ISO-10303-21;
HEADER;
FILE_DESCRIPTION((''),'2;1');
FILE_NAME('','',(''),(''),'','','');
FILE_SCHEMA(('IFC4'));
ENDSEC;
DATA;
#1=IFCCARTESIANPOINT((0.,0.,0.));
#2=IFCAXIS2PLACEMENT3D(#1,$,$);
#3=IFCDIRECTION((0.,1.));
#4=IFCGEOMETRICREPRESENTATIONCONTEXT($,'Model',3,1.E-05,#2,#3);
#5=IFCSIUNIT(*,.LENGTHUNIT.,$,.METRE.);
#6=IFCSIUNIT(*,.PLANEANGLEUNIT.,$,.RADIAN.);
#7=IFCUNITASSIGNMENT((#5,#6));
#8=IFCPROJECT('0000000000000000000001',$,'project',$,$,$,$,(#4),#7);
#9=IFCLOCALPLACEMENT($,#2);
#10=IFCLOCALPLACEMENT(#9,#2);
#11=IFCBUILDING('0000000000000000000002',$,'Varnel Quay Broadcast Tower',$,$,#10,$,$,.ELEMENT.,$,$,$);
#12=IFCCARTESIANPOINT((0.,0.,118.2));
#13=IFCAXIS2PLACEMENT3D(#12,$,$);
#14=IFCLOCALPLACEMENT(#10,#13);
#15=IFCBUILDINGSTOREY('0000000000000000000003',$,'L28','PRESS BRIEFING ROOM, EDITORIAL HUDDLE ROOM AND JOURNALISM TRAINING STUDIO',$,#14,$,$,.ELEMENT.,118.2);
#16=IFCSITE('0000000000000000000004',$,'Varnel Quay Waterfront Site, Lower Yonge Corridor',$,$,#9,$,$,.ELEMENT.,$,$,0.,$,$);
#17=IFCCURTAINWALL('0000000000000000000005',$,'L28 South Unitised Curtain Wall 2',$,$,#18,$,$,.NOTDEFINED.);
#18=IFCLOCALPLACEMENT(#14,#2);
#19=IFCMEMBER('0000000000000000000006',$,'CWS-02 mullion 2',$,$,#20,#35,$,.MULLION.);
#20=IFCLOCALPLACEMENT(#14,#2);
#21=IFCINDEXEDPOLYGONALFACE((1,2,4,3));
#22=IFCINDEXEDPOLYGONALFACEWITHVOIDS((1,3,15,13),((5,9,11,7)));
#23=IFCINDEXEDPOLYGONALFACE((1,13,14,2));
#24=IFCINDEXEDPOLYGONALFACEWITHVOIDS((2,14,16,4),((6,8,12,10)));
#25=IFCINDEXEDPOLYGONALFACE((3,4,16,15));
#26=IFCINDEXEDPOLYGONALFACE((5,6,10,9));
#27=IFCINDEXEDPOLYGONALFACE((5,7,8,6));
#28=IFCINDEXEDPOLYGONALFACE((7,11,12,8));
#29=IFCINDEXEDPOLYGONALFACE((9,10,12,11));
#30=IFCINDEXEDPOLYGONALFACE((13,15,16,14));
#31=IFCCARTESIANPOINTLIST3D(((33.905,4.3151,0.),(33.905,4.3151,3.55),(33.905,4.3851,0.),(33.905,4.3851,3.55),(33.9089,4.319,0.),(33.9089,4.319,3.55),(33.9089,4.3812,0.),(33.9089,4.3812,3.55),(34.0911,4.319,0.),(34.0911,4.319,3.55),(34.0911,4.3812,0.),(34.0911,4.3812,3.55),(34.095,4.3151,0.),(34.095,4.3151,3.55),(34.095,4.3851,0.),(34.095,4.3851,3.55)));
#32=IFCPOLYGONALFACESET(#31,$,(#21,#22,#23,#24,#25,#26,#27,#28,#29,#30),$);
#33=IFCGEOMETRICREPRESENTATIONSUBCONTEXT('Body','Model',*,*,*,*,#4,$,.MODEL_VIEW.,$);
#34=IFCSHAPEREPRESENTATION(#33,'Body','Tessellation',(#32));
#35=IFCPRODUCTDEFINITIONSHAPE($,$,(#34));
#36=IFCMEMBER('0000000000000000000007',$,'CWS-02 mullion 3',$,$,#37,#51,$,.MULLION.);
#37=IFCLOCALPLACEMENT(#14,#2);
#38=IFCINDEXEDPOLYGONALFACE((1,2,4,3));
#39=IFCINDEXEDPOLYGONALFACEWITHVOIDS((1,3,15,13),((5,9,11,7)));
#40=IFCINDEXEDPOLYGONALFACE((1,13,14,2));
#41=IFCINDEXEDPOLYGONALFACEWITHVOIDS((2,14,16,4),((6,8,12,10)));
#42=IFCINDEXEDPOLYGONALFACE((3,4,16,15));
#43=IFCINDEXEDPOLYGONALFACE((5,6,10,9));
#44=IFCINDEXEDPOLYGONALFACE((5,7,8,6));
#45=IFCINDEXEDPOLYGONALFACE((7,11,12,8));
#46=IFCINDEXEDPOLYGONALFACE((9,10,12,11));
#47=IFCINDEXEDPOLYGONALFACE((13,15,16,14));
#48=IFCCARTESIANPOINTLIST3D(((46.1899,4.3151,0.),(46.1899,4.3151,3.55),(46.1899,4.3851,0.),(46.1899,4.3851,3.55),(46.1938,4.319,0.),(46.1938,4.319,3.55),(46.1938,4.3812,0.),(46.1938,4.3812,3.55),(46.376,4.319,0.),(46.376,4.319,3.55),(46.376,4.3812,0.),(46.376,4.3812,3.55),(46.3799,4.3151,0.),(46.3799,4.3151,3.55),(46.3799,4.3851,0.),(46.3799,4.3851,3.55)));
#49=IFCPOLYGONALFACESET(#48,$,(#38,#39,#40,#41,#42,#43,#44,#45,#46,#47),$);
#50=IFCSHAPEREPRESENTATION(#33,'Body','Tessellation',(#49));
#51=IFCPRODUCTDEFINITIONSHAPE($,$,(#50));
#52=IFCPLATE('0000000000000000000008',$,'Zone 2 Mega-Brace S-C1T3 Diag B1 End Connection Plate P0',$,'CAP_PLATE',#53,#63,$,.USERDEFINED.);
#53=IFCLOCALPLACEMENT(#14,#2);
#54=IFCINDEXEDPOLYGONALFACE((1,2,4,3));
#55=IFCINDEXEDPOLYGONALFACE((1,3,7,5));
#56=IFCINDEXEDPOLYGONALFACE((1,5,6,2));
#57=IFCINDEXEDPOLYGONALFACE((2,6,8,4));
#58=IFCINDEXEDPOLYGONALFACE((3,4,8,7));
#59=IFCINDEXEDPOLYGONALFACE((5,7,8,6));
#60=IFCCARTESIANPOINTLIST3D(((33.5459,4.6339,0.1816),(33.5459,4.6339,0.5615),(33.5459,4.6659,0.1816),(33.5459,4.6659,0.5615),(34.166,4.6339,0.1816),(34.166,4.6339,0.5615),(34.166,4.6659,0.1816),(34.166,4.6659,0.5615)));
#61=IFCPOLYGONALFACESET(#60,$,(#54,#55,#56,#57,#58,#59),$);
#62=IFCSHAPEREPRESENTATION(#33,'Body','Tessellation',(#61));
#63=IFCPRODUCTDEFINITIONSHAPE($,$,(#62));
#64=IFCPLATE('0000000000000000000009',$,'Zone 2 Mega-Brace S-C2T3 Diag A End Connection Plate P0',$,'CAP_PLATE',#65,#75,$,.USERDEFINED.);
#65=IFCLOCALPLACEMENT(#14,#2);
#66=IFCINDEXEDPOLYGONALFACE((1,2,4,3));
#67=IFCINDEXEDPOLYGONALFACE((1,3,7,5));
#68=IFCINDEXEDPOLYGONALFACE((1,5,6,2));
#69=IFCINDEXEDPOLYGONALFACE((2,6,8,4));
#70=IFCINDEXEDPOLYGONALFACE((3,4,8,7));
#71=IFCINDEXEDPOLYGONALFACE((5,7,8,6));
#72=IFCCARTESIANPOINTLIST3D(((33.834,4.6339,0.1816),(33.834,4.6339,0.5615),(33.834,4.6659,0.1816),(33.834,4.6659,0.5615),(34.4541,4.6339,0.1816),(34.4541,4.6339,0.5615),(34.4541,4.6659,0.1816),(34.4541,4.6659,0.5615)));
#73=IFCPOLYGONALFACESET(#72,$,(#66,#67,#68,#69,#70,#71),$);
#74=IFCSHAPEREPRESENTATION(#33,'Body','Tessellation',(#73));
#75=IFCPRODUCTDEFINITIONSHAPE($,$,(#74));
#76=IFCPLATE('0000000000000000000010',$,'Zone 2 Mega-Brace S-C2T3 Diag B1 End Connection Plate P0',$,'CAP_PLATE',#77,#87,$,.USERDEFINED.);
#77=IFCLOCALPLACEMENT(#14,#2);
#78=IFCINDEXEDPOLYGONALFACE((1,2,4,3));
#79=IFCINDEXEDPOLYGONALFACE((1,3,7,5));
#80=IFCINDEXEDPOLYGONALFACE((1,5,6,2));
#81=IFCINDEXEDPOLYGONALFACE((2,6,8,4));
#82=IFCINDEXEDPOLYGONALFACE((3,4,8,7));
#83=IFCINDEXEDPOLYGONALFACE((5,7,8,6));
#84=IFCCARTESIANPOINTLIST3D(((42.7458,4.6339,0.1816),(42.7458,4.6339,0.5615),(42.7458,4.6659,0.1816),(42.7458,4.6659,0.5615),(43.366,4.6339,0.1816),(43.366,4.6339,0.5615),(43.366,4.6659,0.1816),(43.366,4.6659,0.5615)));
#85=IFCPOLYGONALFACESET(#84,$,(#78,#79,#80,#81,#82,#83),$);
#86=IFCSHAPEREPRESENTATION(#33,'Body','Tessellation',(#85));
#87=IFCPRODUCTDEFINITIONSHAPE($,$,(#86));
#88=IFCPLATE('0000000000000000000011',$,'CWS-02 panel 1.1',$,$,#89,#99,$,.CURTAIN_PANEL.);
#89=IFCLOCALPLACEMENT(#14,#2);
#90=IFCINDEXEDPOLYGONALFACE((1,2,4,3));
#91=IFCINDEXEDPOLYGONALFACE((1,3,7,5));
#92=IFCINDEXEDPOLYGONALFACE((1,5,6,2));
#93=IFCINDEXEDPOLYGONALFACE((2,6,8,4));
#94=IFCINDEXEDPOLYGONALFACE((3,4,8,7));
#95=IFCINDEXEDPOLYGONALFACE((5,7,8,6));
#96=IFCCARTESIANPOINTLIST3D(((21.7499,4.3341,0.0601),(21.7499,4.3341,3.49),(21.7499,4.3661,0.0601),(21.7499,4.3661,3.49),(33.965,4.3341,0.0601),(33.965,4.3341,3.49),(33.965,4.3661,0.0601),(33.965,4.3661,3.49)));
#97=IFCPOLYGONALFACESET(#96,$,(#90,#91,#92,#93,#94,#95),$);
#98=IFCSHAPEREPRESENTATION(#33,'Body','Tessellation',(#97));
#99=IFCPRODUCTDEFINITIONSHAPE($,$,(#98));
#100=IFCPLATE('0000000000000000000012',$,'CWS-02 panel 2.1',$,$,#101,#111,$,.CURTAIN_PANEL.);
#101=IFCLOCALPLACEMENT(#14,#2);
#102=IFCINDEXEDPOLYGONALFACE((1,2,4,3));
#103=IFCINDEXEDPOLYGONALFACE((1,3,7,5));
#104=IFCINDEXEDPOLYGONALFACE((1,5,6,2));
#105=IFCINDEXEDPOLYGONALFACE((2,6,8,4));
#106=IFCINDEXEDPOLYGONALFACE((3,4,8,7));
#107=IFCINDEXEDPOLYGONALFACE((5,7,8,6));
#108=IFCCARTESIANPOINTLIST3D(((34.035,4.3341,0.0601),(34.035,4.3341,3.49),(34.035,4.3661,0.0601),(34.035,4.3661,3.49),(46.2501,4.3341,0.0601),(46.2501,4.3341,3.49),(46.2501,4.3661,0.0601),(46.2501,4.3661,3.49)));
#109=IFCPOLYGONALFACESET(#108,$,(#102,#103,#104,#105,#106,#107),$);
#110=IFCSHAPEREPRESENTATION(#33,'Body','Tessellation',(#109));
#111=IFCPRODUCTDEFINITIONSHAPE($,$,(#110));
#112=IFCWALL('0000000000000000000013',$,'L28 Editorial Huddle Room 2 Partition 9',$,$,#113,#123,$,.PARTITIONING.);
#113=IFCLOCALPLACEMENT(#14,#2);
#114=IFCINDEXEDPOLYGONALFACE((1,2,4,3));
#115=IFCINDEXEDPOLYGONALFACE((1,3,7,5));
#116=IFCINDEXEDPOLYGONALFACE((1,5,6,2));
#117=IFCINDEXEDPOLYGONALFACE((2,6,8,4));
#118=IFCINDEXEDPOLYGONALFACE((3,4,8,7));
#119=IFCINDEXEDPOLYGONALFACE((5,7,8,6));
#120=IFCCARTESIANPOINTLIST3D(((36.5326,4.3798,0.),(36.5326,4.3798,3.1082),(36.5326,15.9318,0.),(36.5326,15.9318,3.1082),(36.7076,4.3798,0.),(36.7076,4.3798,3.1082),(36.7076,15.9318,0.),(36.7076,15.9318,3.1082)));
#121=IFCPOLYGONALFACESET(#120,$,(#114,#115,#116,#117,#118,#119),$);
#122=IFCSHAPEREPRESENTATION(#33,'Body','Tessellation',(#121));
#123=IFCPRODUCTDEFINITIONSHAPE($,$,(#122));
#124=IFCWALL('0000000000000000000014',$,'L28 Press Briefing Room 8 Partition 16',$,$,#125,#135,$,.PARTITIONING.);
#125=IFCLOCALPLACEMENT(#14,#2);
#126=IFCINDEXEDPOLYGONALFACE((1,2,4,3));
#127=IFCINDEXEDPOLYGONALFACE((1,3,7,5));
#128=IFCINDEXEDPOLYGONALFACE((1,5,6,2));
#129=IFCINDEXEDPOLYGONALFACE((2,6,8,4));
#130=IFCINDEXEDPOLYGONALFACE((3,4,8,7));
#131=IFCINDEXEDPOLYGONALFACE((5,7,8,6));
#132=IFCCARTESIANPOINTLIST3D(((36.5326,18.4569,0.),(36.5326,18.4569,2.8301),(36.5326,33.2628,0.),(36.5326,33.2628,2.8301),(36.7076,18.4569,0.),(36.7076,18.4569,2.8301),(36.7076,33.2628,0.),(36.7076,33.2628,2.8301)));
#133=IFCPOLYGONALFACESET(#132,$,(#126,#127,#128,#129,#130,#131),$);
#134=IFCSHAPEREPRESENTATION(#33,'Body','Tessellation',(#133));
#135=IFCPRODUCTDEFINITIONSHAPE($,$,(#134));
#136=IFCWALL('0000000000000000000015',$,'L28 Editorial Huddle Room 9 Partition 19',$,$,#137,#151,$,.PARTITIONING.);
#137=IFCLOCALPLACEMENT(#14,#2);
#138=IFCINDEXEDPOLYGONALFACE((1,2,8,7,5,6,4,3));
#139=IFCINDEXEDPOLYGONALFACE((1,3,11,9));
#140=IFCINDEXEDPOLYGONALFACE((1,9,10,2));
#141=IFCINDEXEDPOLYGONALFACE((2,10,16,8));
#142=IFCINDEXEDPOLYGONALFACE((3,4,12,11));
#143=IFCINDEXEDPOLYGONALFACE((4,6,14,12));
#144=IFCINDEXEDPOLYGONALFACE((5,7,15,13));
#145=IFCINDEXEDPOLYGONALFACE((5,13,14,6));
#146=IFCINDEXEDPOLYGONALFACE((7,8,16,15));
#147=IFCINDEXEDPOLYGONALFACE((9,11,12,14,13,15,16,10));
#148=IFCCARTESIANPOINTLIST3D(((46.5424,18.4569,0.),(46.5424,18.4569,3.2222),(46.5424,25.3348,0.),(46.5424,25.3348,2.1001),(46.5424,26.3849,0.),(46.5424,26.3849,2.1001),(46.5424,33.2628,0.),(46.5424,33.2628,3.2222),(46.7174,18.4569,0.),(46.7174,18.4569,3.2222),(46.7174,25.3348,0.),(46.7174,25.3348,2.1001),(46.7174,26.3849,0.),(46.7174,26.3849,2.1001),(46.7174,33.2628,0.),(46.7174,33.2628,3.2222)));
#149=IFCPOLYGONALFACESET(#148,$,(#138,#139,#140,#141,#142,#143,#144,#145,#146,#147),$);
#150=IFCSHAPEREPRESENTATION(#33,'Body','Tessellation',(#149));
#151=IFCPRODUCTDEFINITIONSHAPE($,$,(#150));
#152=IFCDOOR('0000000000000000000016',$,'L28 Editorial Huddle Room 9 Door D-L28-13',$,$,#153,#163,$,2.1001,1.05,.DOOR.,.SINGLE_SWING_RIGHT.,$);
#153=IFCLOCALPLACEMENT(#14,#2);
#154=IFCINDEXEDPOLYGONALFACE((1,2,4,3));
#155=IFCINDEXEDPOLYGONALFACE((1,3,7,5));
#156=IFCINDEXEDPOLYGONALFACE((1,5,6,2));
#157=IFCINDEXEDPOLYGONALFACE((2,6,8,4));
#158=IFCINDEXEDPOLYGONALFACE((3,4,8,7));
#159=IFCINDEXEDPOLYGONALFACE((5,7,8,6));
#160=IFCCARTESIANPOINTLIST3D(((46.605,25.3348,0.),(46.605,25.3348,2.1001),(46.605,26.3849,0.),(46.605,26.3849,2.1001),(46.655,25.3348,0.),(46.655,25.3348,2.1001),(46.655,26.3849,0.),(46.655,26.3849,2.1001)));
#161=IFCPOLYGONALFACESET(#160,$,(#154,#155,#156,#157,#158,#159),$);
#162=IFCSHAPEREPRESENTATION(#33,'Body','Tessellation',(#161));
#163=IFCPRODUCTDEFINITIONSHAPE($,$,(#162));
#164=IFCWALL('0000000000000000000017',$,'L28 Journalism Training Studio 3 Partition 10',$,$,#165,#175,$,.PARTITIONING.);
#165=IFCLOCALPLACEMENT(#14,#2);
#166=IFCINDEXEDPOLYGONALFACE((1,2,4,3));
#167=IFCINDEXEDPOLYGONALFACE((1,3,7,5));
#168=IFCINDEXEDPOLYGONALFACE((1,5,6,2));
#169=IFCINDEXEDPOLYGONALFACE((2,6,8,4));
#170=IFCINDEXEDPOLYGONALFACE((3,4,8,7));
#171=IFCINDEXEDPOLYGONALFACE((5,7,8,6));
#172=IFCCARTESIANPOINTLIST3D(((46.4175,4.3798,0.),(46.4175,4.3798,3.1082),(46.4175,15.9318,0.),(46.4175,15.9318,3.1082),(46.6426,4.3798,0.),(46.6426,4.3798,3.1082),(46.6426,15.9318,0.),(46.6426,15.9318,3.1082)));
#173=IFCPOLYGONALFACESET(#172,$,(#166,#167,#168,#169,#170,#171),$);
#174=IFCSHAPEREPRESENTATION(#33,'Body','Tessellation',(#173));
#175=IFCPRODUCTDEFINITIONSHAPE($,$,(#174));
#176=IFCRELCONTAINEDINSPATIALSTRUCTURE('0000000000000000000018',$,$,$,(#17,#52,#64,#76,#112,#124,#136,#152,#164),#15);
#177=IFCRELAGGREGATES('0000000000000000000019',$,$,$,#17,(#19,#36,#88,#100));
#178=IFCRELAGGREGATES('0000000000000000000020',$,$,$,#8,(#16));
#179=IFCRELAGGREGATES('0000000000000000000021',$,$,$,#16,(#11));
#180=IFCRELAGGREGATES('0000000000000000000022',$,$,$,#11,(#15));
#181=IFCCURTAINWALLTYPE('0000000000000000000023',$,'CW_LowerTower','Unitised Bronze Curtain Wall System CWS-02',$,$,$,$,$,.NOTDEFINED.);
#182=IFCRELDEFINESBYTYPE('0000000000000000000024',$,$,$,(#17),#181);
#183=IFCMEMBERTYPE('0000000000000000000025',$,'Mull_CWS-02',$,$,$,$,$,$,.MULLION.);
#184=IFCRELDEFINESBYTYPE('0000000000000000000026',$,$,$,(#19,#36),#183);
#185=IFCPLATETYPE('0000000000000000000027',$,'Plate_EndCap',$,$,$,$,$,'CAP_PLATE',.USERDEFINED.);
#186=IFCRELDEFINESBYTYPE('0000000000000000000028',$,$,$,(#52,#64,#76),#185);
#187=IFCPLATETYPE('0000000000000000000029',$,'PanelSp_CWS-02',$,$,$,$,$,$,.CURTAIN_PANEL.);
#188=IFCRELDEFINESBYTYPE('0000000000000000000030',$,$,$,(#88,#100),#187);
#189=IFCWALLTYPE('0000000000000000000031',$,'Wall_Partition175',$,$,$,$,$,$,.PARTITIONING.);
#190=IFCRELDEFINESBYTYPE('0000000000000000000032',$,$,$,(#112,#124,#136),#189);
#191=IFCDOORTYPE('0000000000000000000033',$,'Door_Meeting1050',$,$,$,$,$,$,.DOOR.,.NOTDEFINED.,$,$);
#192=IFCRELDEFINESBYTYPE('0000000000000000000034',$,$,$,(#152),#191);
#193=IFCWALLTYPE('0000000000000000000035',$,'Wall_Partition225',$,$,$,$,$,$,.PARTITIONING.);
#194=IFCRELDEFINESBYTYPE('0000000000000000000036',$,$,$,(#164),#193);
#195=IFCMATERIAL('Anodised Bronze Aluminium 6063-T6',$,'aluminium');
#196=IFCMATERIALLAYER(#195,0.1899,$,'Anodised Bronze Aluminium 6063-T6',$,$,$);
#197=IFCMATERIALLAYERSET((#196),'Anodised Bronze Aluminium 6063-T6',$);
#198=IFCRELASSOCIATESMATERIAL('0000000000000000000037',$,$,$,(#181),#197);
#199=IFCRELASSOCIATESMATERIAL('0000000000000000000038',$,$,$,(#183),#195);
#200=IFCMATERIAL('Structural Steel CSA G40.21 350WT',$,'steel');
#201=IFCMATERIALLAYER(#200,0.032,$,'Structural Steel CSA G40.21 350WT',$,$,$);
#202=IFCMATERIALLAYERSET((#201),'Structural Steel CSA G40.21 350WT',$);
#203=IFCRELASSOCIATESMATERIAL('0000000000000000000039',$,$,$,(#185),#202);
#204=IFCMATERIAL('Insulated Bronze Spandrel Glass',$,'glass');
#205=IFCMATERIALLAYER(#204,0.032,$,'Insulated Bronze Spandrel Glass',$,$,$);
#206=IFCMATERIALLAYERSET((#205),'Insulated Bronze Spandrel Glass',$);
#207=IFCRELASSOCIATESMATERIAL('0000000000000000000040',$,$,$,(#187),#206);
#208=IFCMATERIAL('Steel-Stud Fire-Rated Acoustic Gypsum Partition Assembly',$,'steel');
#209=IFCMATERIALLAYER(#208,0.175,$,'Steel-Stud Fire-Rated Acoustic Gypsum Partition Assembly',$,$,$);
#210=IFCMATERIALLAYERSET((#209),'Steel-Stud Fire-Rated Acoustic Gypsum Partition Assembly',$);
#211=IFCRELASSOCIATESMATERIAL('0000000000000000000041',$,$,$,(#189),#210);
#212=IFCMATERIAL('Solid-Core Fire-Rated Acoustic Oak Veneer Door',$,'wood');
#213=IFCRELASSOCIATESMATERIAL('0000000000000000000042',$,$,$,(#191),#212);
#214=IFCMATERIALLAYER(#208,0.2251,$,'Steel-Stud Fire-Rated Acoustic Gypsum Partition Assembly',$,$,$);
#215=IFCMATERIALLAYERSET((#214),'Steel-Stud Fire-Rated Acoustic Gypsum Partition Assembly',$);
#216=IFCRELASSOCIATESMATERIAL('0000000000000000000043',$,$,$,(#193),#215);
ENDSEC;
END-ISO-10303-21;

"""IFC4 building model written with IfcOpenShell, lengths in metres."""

from ifc_helpers import new_model, si_unit, direction, frame, frame_2d, origin, origin_2d, place, context, subcontext, project, spatial, rectangle, hollow_rectangle, extrude, source, transform, mapped, material, layer, layer_set, material_profile, profile_set, type_object, type_shapes, element, fill, aggregate, save


model = new_model("IFC4")

# Units and contexts
model_context = context("Model", 3, precision=1e-05, world=origin(), true_north=direction((0.0, 1.0)))
body_context = subcontext(model_context, "Body", "Model", "MODEL_VIEW")
ifc_project = project(units=[si_unit("LENGTHUNIT", "METRE"), si_unit("PLANEANGLEUNIT", "RADIAN")], contexts=[model_context])

# Site, building, storey
site_placement = place(None, origin())
site = spatial("IfcSite", under=ifc_project, at=site_placement, Name="Varnel Quay Waterfront Site, Lower Yonge Corridor", CompositionType="ELEMENT", RefElevation=0.0)
building_placement = place(site_placement, origin())
building = spatial("IfcBuilding", under=site, at=building_placement, Name="Varnel Quay Broadcast Tower", CompositionType="ELEMENT")
storey_placement = place(building_placement, frame((0.0, 0.0, 118.2)))
storey = spatial("IfcBuildingStorey", under=building, at=storey_placement, Name="L28", Description="PRESS BRIEFING ROOM, EDITORIAL HUDDLE ROOM AND JOURNALISM TRAINING STUDIO", CompositionType="ELEMENT", Elevation=118.2)

# Shared definitions
ifc_material_1 = material(Name="Structural Steel CSA G40.21 350WT", Category="steel")

# Curtain wall, members
ifc_material_2 = material(Name="Anodised Bronze Aluminium 6063-T6", Category="aluminium")
ifc_layer_1 = layer(ifc_material_2, 0.1899, Name="Anodised Bronze Aluminium 6063-T6")
ifc_layer_set_1 = layer_set([ifc_layer_1], Name="Anodised Bronze Aluminium 6063-T6")
curtain_wall_type = type_object("IfcCurtainWallType", Name="CW_LowerTower", Description="Unitised Bronze Curtain Wall System CWS-02", PredefinedType="NOTDEFINED", material=ifc_layer_set_1)
curtain_wall_placement = place(storey_placement, origin())
curtain_wall = element("IfcCurtainWall", 1, at=curtain_wall_placement, inside=storey, type_object=curtain_wall_type, Name="L28 South Unitised Curtain Wall 2", PredefinedType="NOTDEFINED")
ifc_material_profile_1 = material_profile(ifc_material_2, hollow_rectangle(XDim=0.0701, YDim=0.1899, WallThickness=0.0039, at=origin_2d()), Name="ALU70X190X4")
ifc_profile_set_1 = profile_set([ifc_material_profile_1], Name="Anodised Bronze Aluminium 6063-T6")
member_type_1 = type_object("IfcMemberType", Name="Mull_CWS-02", PredefinedType="MULLION", material=ifc_profile_set_1)
shared_shape_1 = source(origin(), body_context, "Body", "SweptSolid", [
    extrude(hollow_rectangle(XDim=0.0701, YDim=0.1899, WallThickness=0.0039, at=origin_2d()), origin(), (0.0, 0.0, 1.0), 3.55),
])
type_shapes(member_type_1, [shared_shape_1])
member_1_placement = place(storey_placement, frame((34.0, 4.3501, 0.0), z_axis=(0.0, 0.0, 1.0), x_axis=(0.0, 1.0, 0.0)))
member_1 = element("IfcMember", 2, at=member_1_placement, type_object=member_type_1, Name="CWS-02 mullion 2", PredefinedType="MULLION", context=body_context, shape_type="MappedRepresentation", body=[
    mapped(shared_shape_1, transform((0.0, 0.0, 0.0), x_axis=(1.0, 0.0, 0.0), y_axis=(0.0, 1.0, 0.0), z_axis=(0.0, 0.0, 1.0), scale=1.0)),
])
member_2_placement = place(storey_placement, frame((46.2849, 4.3501, 0.0), z_axis=(0.0, 0.0, 1.0), x_axis=(0.0, 1.0, 0.0)))
member_2 = element("IfcMember", 3, at=member_2_placement, type_object=member_type_1, Name="CWS-02 mullion 3", PredefinedType="MULLION", context=body_context, shape_type="MappedRepresentation", body=[
    mapped(shared_shape_1, transform((0.0, 0.0, 0.0), x_axis=(1.0, 0.0, 0.0), y_axis=(0.0, 1.0, 0.0), z_axis=(0.0, 0.0, 1.0), scale=1.0)),
])

# Plates
ifc_layer_2 = layer(ifc_material_1, 0.032, Name="Structural Steel CSA G40.21 350WT")
ifc_layer_set_2 = layer_set([ifc_layer_2], Name="Structural Steel CSA G40.21 350WT")
plate_type_1 = type_object("IfcPlateType", Name="Plate_EndCap", ElementType="CAP_PLATE", PredefinedType="USERDEFINED", material=ifc_layer_set_2)
shared_shape_2 = source(origin(), body_context, "Body", "SweptSolid", [
    extrude(rectangle(XDim=0.6201, YDim=0.032, at=origin_2d()), origin(), (0.0, 0.0, 1.0), 0.3799),
])
type_shapes(plate_type_1, [shared_shape_2])
for number, where, z_axis, x_axis, name in (
    (4, (33.856, 4.6499, 0.1816), (0.0, 0.0, 1.0), (1.0, 0.0, 0.0), "Zone 2 Mega-Brace S-C1T3 Diag B1 End Connection Plate P0"),
    (5, (34.144, 4.6499, 0.1816), (0.0, 0.0, 1.0), (1.0, 0.0, 0.0), "Zone 2 Mega-Brace S-C2T3 Diag A End Connection Plate P0"),
    (6, (43.0559, 4.6499, 0.1816), (0.0, 0.0, 1.0), (1.0, 0.0, 0.0), "Zone 2 Mega-Brace S-C2T3 Diag B1 End Connection Plate P0"),
):
    element("IfcPlate", number, at=place(storey_placement, frame(where, z_axis=z_axis, x_axis=x_axis)), inside=storey, type_object=plate_type_1, Name=name, ObjectType="CAP_PLATE", PredefinedType="USERDEFINED", context=body_context, shape_type="MappedRepresentation", body=[
        mapped(shared_shape_2, transform((0.0, 0.0, 0.0), x_axis=(1.0, 0.0, 0.0), y_axis=(0.0, 1.0, 0.0), z_axis=(0.0, 0.0, 1.0), scale=1.0)),
    ])

# Plates
ifc_material_3 = material(Name="Insulated Bronze Spandrel Glass", Category="glass")
ifc_layer_3 = layer(ifc_material_3, 0.032, Name="Insulated Bronze Spandrel Glass")
ifc_layer_set_3 = layer_set([ifc_layer_3], Name="Insulated Bronze Spandrel Glass")
plate_type_2 = type_object("IfcPlateType", Name="PanelSp_CWS-02", PredefinedType="CURTAIN_PANEL", material=ifc_layer_set_3)
shared_shape_3 = source(origin(), body_context, "Body", "SweptSolid", [
    extrude(rectangle(XDim=12.2151, YDim=0.032, at=origin_2d()), origin(), (0.0, 0.0, 1.0), 3.4299),
])
type_shapes(plate_type_2, [shared_shape_3])
plate_1_placement = place(storey_placement, frame((27.8574, 4.3501, 0.0601), z_axis=(0.0, 0.0, 1.0), x_axis=(1.0, 0.0, 0.0)))
plate_1 = element("IfcPlate", 7, at=plate_1_placement, type_object=plate_type_2, Name="CWS-02 panel 1.1", PredefinedType="CURTAIN_PANEL", context=body_context, shape_type="MappedRepresentation", body=[
    mapped(shared_shape_3, transform((0.0, 0.0, 0.0), x_axis=(1.0, 0.0, 0.0), y_axis=(0.0, 1.0, 0.0), z_axis=(0.0, 0.0, 1.0), scale=1.0)),
])
plate_2_placement = place(storey_placement, frame((40.1426, 4.3501, 0.0601), z_axis=(0.0, 0.0, 1.0), x_axis=(1.0, 0.0, 0.0)))
plate_2 = element("IfcPlate", 8, at=plate_2_placement, type_object=plate_type_2, Name="CWS-02 panel 2.1", PredefinedType="CURTAIN_PANEL", context=body_context, shape_type="MappedRepresentation", body=[
    mapped(shared_shape_3, transform((0.0, 0.0, 0.0), x_axis=(1.0, 0.0, 0.0), y_axis=(0.0, 1.0, 0.0), z_axis=(0.0, 0.0, 1.0), scale=1.0)),
])
aggregate(curtain_wall, [member_1, member_2, plate_1, plate_2])

# Walls
ifc_material_4 = material(Name="Steel-Stud Fire-Rated Acoustic Gypsum Partition Assembly", Category="steel")
ifc_layer_4 = layer(ifc_material_4, 0.175, Name="Steel-Stud Fire-Rated Acoustic Gypsum Partition Assembly")
ifc_layer_set_4 = layer_set([ifc_layer_4], Name="Steel-Stud Fire-Rated Acoustic Gypsum Partition Assembly")
wall_type_1 = type_object("IfcWallType", Name="Wall_Partition175", PredefinedType="PARTITIONING", material=ifc_layer_set_4)
wall_1_placement = place(storey_placement, frame((36.6201, 4.3799, 0.0), z_axis=(0.0, 0.0, 1.0), x_axis=(0.0, 1.0, 0.0)))
element("IfcWall", 9, at=wall_1_placement, inside=storey, type_object=wall_type_1, Name="L28 Editorial Huddle Room 2 Partition 9", PredefinedType="PARTITIONING", context=body_context, shape_type="SweptSolid", body=[
    extrude(rectangle(XDim=11.552, YDim=0.175, at=frame_2d((5.7759, 0.0))), origin(), (0.0, 0.0, 1.0), 3.1082),
])
wall_2_placement = place(storey_placement, frame((36.6201, 18.457, 0.0), z_axis=(0.0, 0.0, 1.0), x_axis=(0.0, 1.0, 0.0)))
element("IfcWall", 10, at=wall_2_placement, inside=storey, type_object=wall_type_1, Name="L28 Press Briefing Room 8 Partition 16", PredefinedType="PARTITIONING", context=body_context, shape_type="SweptSolid", body=[
    extrude(rectangle(XDim=14.8059, YDim=0.175, at=frame_2d((7.4028, 0.0))), origin(), (0.0, 0.0, 1.0), 2.8301),
])

# Wall, opening, door
wall_3_placement = place(storey_placement, frame((46.6299, 18.457, 0.0), z_axis=(0.0, 0.0, 1.0), x_axis=(0.0, 1.0, 0.0)))
wall_3 = element("IfcWall", 11, at=wall_3_placement, inside=storey, type_object=wall_type_1, Name="L28 Editorial Huddle Room 9 Partition 19", PredefinedType="PARTITIONING", context=body_context, shape_type="SweptSolid", body=[
    extrude(rectangle(XDim=14.8059, YDim=0.175, at=frame_2d((7.4028, 0.0))), origin(), (0.0, 0.0, 1.0), 3.2222),
])
opening_1_placement = place(wall_3_placement, frame((6.8779, 0.0, 0.0)))
opening_1 = element("IfcOpeningElement", 12, at=opening_1_placement, cuts=wall_3, PredefinedType="OPENING", context=body_context, shape_type="SweptSolid", body=[
    extrude(rectangle(XDim=1.05, YDim=2.1001, at=frame_2d((0.5249, 1.05))), frame((0.0, 0.0977, 0.0), z_axis=(0.0, -1.0, 0.0), x_axis=(1.0, 0.0, 0.0)), (0.0, 0.0, 1.0), 0.1951),
])
ifc_material_5 = material(Name="Solid-Core Fire-Rated Acoustic Oak Veneer Door", Category="wood")
door_type_1 = type_object("IfcDoorType", Name="Door_Meeting1050", OperationType="NOTDEFINED", PredefinedType="DOOR", material=ifc_material_5)
shared_shape_4 = source(origin(), body_context, "Body", "SweptSolid", [
    extrude(rectangle(XDim=1.05, YDim=2.1001, at=frame_2d((0.5249, 1.05))), frame((0.0, 0.0249, 0.0), z_axis=(0.0, -1.0, 0.0), x_axis=(1.0, 0.0, 0.0)), (0.0, 0.0, 1.0), 0.05),
])
type_shapes(door_type_1, [shared_shape_4])
door_1_placement = place(opening_1_placement, origin())
door_1 = element("IfcDoor", 13, at=door_1_placement, inside=storey, type_object=door_type_1, Name="L28 Editorial Huddle Room 9 Door D-L28-13", OperationType="SINGLE_SWING_RIGHT", OverallHeight=2.1001, OverallWidth=1.05, PredefinedType="DOOR", context=body_context, shape_type="MappedRepresentation", body=[
    mapped(shared_shape_4, transform((0.0, 0.0, 0.0), x_axis=(1.0, 0.0, 0.0), y_axis=(0.0, 1.0, 0.0), z_axis=(0.0, 0.0, 1.0), scale=1.0)),
])
fill(opening_1, door_1)

# Wall
ifc_layer_5 = layer(ifc_material_4, 0.2251, Name="Steel-Stud Fire-Rated Acoustic Gypsum Partition Assembly")
ifc_layer_set_5 = layer_set([ifc_layer_5], Name="Steel-Stud Fire-Rated Acoustic Gypsum Partition Assembly")
wall_type_2 = type_object("IfcWallType", Name="Wall_Partition225", PredefinedType="PARTITIONING", material=ifc_layer_set_5)
wall_4_placement = place(storey_placement, frame((46.53, 4.3799, 0.0), z_axis=(0.0, 0.0, 1.0), x_axis=(0.0, 1.0, 0.0)))
element("IfcWall", 14, at=wall_4_placement, inside=storey, type_object=wall_type_2, Name="L28 Journalism Training Studio 3 Partition 10", PredefinedType="PARTITIONING", context=body_context, shape_type="SweptSolid", body=[
    extrude(rectangle(XDim=11.552, YDim=0.2251, at=frame_2d((5.7759, 0.0))), origin(), (0.0, 0.0, 1.0), 3.1082),
])

save(model, "model.ifc")
